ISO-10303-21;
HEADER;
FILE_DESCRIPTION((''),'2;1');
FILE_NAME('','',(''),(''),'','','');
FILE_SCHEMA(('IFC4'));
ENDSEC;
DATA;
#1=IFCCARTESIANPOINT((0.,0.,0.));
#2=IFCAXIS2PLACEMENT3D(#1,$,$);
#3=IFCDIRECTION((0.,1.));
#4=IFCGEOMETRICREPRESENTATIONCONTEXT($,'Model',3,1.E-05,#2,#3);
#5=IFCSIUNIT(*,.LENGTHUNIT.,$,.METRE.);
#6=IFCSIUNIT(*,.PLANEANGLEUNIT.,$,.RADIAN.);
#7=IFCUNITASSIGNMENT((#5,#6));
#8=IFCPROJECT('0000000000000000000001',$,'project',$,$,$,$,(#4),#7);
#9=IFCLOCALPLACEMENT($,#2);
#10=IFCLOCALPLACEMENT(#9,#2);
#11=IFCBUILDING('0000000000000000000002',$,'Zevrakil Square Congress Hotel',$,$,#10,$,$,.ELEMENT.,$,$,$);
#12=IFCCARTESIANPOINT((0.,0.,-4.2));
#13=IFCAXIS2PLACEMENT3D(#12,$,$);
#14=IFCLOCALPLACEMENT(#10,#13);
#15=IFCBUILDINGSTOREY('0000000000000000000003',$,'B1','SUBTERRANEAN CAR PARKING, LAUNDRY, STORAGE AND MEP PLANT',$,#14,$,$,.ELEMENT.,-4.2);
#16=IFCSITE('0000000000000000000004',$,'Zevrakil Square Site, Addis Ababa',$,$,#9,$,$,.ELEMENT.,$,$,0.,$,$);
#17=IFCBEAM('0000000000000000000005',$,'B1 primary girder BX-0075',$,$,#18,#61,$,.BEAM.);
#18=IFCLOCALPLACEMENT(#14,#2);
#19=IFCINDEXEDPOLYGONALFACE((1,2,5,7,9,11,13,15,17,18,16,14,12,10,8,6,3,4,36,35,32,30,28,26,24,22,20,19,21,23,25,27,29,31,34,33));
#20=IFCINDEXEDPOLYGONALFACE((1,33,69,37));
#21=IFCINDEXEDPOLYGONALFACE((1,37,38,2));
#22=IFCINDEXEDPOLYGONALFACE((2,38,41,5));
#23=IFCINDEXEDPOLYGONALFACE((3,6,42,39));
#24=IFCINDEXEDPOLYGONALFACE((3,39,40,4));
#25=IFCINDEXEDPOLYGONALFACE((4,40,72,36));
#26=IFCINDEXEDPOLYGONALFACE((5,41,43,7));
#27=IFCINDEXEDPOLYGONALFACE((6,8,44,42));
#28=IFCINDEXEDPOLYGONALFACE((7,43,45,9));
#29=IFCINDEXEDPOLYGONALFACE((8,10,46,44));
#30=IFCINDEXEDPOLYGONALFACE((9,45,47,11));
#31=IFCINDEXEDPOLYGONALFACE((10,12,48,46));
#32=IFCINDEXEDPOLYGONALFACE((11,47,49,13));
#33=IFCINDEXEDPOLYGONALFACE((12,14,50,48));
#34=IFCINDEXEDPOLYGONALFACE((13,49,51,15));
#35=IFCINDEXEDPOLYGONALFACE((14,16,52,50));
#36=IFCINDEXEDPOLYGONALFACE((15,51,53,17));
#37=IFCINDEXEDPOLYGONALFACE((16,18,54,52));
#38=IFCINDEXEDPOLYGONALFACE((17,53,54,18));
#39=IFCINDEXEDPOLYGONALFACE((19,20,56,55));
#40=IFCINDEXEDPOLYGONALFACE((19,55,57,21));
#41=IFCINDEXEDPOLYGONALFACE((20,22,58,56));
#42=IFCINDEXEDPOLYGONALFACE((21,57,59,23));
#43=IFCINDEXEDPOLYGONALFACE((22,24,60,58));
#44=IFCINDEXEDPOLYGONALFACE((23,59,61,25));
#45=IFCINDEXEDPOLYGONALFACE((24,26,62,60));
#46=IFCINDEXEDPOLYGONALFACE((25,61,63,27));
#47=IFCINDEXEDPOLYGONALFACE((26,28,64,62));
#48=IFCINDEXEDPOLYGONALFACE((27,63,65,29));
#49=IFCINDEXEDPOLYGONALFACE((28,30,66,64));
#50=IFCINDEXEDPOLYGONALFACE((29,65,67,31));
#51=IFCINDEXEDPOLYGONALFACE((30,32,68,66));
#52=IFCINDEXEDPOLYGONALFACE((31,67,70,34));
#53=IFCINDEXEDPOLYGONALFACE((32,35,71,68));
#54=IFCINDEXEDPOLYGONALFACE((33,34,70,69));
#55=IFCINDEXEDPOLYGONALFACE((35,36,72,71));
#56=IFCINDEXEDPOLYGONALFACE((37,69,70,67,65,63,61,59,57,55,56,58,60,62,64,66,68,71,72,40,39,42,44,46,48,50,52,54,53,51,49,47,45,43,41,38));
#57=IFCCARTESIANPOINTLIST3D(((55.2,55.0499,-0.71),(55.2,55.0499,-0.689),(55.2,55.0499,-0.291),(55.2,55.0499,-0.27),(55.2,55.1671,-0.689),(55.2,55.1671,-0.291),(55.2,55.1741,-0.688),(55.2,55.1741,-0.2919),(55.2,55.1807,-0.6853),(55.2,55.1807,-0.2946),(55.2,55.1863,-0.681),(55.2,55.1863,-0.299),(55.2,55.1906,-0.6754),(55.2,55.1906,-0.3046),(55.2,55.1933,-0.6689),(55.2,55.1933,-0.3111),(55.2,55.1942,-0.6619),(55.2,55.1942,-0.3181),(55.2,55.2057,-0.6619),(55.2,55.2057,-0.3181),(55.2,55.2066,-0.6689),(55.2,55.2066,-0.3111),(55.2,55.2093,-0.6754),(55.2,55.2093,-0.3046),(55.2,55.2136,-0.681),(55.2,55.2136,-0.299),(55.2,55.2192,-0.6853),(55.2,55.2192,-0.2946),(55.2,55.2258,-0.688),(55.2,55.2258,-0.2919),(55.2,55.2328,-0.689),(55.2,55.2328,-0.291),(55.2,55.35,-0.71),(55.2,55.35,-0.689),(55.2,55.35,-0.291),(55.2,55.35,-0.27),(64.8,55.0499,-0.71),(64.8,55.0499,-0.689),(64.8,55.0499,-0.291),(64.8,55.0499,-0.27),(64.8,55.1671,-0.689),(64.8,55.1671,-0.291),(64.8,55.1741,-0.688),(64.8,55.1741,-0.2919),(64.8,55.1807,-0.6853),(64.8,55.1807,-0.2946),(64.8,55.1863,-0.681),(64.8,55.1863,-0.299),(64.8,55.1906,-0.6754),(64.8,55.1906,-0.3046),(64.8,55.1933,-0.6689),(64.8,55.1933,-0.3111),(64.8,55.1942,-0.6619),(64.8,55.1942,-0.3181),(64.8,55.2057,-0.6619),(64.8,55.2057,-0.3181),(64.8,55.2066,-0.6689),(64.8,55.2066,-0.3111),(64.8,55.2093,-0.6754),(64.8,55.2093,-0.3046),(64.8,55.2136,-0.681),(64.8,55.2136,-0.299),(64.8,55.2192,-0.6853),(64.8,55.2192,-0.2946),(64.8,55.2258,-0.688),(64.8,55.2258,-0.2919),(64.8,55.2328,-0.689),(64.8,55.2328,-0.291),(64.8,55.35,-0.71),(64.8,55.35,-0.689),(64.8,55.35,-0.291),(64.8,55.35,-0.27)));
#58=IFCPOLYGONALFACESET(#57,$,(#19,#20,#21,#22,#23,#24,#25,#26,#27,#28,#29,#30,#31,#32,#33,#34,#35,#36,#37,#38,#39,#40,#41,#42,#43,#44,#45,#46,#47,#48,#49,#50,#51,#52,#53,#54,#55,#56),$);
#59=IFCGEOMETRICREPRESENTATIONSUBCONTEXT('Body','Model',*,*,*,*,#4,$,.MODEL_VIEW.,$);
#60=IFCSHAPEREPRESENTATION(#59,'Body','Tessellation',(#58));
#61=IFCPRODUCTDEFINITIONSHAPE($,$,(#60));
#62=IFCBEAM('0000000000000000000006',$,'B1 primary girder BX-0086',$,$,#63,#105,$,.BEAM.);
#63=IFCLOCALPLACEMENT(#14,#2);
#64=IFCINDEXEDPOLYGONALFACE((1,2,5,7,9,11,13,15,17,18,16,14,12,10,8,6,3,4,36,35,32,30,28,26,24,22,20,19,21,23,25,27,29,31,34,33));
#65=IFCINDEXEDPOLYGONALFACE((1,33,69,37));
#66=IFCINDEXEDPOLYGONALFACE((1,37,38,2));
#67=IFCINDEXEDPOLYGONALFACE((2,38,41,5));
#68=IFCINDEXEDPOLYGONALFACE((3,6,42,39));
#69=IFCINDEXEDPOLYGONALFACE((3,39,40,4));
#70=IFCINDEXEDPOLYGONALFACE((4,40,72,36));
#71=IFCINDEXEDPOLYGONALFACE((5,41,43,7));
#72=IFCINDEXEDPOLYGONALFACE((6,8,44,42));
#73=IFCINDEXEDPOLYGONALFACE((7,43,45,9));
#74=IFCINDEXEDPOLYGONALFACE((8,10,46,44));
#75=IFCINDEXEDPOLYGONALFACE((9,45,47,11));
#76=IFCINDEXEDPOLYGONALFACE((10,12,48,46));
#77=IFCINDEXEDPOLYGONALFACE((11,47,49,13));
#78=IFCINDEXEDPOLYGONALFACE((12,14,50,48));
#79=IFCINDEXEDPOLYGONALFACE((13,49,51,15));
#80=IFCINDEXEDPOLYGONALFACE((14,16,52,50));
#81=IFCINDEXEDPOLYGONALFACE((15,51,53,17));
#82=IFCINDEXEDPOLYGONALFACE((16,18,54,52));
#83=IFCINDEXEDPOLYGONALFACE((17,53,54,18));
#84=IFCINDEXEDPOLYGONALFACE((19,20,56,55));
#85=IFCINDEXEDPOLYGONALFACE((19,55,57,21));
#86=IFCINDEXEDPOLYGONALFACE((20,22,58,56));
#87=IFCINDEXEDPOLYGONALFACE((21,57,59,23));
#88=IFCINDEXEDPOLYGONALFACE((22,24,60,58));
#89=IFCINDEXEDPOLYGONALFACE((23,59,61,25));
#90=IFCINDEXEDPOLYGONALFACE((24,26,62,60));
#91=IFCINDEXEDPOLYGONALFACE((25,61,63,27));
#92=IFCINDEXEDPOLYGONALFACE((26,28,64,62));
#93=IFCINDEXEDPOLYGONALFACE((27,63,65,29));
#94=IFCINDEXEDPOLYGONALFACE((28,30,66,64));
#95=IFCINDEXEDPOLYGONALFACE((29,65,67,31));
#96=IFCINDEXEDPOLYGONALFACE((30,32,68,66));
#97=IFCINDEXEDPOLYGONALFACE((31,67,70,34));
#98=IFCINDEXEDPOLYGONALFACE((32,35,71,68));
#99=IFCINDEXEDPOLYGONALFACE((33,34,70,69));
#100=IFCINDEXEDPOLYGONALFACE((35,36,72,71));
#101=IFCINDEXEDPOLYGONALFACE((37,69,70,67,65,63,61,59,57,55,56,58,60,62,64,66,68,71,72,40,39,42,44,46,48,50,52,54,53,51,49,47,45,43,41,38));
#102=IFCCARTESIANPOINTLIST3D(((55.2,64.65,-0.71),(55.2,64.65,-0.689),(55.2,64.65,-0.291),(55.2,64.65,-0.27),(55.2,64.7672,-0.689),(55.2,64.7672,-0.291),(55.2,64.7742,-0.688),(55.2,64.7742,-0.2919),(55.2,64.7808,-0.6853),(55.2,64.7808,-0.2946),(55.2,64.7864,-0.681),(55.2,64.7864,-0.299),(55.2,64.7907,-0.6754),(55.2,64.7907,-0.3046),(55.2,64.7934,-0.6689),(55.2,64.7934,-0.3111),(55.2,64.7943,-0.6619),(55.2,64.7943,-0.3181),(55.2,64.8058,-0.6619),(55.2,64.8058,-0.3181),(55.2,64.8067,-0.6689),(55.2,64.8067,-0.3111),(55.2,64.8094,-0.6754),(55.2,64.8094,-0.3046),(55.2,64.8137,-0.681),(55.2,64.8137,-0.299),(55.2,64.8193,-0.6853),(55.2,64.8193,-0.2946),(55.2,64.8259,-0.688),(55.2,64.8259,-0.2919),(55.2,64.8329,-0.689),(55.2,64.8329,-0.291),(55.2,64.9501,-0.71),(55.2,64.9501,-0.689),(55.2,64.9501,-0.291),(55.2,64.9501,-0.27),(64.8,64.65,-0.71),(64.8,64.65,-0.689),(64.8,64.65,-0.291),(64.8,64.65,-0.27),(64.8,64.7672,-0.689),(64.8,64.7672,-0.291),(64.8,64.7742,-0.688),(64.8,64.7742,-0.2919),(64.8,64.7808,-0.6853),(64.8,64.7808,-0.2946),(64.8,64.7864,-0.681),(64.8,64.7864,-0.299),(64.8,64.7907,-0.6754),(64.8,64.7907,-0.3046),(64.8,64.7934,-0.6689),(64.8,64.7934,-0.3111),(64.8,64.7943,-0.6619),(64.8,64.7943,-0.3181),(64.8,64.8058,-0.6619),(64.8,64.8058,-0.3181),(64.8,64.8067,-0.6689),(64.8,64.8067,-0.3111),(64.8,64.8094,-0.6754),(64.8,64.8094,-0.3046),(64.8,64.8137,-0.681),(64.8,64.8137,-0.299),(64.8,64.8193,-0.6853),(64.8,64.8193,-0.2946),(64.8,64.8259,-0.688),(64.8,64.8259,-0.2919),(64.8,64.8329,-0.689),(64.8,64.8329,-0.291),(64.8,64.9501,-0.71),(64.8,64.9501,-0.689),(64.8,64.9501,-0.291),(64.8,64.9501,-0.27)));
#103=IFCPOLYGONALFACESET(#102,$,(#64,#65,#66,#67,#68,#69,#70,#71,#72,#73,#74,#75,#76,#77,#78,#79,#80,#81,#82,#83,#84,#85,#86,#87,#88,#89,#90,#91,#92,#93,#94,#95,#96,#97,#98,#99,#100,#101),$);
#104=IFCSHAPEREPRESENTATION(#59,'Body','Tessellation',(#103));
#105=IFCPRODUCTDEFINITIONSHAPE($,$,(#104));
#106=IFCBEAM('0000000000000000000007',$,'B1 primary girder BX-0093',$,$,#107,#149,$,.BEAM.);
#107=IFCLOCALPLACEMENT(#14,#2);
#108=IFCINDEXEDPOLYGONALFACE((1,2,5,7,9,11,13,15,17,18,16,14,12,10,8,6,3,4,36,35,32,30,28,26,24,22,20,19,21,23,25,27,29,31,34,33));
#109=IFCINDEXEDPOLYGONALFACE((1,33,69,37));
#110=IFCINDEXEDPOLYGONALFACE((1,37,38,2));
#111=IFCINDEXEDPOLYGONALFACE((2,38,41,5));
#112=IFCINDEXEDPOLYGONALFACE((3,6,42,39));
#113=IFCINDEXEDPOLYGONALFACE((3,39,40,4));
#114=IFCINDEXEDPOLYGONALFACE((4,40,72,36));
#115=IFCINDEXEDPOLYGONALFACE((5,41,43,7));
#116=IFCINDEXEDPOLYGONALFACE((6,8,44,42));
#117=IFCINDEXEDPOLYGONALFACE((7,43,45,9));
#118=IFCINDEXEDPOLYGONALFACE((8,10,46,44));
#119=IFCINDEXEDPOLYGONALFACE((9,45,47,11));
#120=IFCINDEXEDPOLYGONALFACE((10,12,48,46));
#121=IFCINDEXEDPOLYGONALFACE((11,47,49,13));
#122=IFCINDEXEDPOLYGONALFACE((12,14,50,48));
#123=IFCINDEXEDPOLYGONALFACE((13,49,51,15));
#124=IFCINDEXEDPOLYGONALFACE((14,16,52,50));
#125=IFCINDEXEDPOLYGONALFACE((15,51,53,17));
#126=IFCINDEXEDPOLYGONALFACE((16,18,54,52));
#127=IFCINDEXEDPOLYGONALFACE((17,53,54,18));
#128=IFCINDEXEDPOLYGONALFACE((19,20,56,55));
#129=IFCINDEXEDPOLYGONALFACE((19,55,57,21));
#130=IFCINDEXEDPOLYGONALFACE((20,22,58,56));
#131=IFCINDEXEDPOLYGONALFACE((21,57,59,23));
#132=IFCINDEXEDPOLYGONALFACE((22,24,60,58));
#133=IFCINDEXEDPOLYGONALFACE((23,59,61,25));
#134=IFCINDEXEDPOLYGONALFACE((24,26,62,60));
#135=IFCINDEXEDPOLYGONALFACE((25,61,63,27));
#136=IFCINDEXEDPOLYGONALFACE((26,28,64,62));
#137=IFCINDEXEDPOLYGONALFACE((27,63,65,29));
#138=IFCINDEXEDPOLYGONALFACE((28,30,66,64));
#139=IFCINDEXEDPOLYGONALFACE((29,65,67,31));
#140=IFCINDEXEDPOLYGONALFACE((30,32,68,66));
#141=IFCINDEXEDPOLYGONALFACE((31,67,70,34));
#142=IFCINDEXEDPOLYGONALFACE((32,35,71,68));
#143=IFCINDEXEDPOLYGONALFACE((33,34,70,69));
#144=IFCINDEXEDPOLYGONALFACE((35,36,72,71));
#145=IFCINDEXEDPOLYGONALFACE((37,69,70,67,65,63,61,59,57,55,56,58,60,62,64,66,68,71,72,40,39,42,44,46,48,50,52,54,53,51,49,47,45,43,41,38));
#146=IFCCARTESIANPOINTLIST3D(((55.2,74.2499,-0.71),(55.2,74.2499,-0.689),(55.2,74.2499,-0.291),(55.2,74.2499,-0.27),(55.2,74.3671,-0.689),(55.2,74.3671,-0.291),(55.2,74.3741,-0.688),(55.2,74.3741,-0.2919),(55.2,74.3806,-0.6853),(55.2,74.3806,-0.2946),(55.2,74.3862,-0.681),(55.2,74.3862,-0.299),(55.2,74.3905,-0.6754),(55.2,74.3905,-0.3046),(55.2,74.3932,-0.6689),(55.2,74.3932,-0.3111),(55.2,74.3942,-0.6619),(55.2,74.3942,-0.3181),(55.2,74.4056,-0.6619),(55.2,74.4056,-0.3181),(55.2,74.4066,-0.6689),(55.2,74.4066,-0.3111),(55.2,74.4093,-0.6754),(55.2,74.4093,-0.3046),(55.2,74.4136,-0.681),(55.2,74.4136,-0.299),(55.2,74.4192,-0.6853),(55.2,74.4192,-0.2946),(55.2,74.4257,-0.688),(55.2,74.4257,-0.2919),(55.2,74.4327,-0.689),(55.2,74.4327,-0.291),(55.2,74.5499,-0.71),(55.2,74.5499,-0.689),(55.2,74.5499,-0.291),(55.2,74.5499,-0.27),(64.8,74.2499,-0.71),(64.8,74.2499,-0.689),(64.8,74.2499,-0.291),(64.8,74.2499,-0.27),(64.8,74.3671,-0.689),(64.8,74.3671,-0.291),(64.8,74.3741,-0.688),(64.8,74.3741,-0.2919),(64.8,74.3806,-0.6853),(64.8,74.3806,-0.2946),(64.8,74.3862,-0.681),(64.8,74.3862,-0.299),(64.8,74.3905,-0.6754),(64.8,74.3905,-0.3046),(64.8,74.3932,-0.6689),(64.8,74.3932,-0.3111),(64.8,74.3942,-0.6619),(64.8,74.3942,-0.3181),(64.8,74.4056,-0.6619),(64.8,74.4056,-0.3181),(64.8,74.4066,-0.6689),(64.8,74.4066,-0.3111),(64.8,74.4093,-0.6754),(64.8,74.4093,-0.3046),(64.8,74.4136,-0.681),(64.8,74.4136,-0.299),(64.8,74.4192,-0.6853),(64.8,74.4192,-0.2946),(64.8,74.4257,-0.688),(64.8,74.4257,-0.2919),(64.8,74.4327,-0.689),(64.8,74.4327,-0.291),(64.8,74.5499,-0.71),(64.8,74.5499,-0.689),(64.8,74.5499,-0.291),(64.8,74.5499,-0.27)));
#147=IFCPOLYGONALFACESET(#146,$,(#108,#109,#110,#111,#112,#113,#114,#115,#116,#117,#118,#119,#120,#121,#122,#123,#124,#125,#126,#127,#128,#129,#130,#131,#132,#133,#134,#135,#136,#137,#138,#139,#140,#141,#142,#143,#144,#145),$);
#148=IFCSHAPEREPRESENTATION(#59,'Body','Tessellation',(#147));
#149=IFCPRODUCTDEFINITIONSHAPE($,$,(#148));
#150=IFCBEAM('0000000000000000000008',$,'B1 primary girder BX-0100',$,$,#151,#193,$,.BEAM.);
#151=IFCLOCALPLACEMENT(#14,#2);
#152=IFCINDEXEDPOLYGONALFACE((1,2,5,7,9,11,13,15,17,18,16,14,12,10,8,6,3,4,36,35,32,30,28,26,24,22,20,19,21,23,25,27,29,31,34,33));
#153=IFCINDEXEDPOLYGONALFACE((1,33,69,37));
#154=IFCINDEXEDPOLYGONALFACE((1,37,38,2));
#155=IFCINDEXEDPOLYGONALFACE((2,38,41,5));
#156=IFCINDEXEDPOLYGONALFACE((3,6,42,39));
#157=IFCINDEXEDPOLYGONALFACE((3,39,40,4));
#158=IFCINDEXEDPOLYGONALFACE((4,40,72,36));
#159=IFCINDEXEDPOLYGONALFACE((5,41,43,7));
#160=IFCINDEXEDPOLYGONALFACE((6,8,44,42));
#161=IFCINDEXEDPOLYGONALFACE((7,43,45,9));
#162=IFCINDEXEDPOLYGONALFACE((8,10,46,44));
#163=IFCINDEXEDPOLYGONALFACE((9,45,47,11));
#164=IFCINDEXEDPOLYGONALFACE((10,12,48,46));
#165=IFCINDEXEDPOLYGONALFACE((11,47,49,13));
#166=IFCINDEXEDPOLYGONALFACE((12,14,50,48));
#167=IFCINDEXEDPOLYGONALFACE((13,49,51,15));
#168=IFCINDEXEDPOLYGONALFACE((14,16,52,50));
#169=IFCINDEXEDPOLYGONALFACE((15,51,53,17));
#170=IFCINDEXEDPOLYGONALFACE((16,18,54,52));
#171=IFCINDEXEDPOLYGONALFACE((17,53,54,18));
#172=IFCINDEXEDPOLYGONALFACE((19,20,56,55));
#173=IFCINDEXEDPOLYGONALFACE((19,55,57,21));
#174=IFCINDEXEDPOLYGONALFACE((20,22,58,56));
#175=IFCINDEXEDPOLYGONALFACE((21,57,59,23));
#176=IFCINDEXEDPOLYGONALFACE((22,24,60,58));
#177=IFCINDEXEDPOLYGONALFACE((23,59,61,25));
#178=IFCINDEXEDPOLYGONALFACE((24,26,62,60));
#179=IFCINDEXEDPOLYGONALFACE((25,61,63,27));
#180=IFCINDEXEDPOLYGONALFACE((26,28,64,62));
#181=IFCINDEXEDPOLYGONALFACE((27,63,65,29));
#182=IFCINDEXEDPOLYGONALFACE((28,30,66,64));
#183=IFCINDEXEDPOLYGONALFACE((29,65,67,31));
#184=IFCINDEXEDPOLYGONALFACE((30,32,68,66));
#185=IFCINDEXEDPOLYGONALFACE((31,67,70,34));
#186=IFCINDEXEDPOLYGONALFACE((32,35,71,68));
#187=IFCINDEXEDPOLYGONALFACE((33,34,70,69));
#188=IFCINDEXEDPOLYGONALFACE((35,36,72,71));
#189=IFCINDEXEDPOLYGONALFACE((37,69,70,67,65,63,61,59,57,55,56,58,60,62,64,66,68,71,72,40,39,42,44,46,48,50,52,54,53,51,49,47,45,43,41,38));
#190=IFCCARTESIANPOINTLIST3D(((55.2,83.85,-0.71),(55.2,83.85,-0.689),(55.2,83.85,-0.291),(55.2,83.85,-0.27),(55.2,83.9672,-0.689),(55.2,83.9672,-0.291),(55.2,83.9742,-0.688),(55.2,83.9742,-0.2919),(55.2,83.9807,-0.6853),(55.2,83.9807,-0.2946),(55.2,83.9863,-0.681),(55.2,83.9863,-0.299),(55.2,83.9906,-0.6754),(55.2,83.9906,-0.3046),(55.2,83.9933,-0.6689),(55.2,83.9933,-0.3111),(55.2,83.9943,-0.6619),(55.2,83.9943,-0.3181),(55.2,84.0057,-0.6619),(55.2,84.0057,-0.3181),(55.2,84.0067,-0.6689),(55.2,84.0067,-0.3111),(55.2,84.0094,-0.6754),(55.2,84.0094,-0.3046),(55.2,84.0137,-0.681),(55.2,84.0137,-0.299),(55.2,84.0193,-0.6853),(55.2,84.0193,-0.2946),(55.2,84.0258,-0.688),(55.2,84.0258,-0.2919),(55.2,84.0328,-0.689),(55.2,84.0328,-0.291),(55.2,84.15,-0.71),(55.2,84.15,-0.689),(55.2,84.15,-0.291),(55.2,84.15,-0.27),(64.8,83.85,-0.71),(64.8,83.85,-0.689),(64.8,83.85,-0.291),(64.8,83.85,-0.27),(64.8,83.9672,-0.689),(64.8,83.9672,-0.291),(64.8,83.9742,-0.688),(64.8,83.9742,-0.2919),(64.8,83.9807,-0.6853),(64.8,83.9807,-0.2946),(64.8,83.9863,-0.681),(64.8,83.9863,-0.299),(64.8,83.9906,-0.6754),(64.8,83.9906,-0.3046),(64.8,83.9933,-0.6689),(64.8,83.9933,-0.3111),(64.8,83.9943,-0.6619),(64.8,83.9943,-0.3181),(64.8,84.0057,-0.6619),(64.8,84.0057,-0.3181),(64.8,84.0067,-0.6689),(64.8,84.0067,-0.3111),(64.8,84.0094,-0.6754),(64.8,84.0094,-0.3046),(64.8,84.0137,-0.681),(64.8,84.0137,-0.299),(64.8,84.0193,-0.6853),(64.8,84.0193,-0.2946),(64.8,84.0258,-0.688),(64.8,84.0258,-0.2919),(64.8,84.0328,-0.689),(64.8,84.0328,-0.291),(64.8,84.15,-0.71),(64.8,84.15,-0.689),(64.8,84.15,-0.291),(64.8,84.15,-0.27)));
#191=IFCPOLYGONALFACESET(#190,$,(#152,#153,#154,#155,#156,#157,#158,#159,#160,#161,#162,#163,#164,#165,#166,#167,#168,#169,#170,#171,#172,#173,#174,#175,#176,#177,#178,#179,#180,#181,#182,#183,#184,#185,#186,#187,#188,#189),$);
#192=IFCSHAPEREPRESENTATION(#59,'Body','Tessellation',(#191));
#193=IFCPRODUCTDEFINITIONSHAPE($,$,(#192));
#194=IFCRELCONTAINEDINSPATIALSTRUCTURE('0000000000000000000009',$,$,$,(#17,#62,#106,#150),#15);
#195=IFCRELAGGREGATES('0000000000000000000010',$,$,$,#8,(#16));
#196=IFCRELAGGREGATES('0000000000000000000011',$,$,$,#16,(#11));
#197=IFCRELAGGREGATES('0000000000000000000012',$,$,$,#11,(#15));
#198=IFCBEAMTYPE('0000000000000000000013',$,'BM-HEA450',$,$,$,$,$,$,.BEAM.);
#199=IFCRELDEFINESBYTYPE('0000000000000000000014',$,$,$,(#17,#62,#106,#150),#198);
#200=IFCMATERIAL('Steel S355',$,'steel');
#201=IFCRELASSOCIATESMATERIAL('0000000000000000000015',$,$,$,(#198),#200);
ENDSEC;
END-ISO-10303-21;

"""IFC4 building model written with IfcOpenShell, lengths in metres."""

from ifc_helpers import new_model, si_unit, direction, frame, origin, origin_2d, place, context, subcontext, project, spatial, i_section, extrude, material, material_profile, profile_set, type_object, element, save


model = new_model("IFC4")

# Units and contexts
model_context = context("Model", 3, precision=1e-05, world=origin(), true_north=direction((0.0, 1.0)))
body_context = subcontext(model_context, "Body", "Model", "MODEL_VIEW")
ifc_project = project(units=[si_unit("LENGTHUNIT", "METRE"), si_unit("PLANEANGLEUNIT", "RADIAN")], contexts=[model_context])

# Site, building, storey
site_placement = place(None, origin())
site = spatial("IfcSite", under=ifc_project, at=site_placement, Name="Zevrakil Square Site, Addis Ababa", CompositionType="ELEMENT", RefElevation=0.0)
building_placement = place(site_placement, origin())
building = spatial("IfcBuilding", under=site, at=building_placement, Name="Zevrakil Square Congress Hotel", CompositionType="ELEMENT")
storey_placement = place(building_placement, frame((0.0, 0.0, -4.2)))
storey = spatial("IfcBuildingStorey", under=building, at=storey_placement, Name="B1", Description="SUBTERRANEAN CAR PARKING, LAUNDRY, STORAGE AND MEP PLANT", CompositionType="ELEMENT", Elevation=-4.2)

# Beams
ifc_material_1 = material(Name="Steel S355", Category="steel")
ifc_material_profile_1 = material_profile(ifc_material_1, i_section(OverallWidth=0.3, OverallDepth=0.4399, WebThickness=0.0115, FlangeThickness=0.021, FilletRadius=0.0271, at=origin_2d()), Name="HEA 450")
ifc_profile_set_1 = profile_set([ifc_material_profile_1], Name="Steel S355")
beam_type_1 = type_object("IfcBeamType", Name="BM-HEA450", PredefinedType="BEAM", material=ifc_profile_set_1)
for number, where, z_axis, x_axis, name in (
    (1, (55.2, 55.2, -0.49), (1.0, 0.0, 0.0), (0.0, 1.0, 0.0), "B1 primary girder BX-0075"),
    (2, (55.2, 64.8, -0.49), (1.0, 0.0, 0.0), (0.0, 1.0, 0.0), "B1 primary girder BX-0086"),
    (3, (55.2, 74.3999, -0.49), (1.0, 0.0, 0.0), (0.0, 1.0, 0.0), "B1 primary girder BX-0093"),
    (4, (55.2, 84.0, -0.49), (1.0, 0.0, 0.0), (0.0, 1.0, 0.0), "B1 primary girder BX-0100"),
):
    element("IfcBeam", number, at=place(storey_placement, frame(where, z_axis=z_axis, x_axis=x_axis)), inside=storey, type_object=beam_type_1, Name=name, PredefinedType="BEAM", context=body_context, shape_type="SweptSolid", body=[
        extrude(i_section(OverallWidth=0.3, OverallDepth=0.4399, WebThickness=0.0115, FlangeThickness=0.021, FilletRadius=0.0271, at=origin_2d()), origin(), (0.0, 0.0, 1.0), 9.6001),
    ])

save(model, "model.ifc")
